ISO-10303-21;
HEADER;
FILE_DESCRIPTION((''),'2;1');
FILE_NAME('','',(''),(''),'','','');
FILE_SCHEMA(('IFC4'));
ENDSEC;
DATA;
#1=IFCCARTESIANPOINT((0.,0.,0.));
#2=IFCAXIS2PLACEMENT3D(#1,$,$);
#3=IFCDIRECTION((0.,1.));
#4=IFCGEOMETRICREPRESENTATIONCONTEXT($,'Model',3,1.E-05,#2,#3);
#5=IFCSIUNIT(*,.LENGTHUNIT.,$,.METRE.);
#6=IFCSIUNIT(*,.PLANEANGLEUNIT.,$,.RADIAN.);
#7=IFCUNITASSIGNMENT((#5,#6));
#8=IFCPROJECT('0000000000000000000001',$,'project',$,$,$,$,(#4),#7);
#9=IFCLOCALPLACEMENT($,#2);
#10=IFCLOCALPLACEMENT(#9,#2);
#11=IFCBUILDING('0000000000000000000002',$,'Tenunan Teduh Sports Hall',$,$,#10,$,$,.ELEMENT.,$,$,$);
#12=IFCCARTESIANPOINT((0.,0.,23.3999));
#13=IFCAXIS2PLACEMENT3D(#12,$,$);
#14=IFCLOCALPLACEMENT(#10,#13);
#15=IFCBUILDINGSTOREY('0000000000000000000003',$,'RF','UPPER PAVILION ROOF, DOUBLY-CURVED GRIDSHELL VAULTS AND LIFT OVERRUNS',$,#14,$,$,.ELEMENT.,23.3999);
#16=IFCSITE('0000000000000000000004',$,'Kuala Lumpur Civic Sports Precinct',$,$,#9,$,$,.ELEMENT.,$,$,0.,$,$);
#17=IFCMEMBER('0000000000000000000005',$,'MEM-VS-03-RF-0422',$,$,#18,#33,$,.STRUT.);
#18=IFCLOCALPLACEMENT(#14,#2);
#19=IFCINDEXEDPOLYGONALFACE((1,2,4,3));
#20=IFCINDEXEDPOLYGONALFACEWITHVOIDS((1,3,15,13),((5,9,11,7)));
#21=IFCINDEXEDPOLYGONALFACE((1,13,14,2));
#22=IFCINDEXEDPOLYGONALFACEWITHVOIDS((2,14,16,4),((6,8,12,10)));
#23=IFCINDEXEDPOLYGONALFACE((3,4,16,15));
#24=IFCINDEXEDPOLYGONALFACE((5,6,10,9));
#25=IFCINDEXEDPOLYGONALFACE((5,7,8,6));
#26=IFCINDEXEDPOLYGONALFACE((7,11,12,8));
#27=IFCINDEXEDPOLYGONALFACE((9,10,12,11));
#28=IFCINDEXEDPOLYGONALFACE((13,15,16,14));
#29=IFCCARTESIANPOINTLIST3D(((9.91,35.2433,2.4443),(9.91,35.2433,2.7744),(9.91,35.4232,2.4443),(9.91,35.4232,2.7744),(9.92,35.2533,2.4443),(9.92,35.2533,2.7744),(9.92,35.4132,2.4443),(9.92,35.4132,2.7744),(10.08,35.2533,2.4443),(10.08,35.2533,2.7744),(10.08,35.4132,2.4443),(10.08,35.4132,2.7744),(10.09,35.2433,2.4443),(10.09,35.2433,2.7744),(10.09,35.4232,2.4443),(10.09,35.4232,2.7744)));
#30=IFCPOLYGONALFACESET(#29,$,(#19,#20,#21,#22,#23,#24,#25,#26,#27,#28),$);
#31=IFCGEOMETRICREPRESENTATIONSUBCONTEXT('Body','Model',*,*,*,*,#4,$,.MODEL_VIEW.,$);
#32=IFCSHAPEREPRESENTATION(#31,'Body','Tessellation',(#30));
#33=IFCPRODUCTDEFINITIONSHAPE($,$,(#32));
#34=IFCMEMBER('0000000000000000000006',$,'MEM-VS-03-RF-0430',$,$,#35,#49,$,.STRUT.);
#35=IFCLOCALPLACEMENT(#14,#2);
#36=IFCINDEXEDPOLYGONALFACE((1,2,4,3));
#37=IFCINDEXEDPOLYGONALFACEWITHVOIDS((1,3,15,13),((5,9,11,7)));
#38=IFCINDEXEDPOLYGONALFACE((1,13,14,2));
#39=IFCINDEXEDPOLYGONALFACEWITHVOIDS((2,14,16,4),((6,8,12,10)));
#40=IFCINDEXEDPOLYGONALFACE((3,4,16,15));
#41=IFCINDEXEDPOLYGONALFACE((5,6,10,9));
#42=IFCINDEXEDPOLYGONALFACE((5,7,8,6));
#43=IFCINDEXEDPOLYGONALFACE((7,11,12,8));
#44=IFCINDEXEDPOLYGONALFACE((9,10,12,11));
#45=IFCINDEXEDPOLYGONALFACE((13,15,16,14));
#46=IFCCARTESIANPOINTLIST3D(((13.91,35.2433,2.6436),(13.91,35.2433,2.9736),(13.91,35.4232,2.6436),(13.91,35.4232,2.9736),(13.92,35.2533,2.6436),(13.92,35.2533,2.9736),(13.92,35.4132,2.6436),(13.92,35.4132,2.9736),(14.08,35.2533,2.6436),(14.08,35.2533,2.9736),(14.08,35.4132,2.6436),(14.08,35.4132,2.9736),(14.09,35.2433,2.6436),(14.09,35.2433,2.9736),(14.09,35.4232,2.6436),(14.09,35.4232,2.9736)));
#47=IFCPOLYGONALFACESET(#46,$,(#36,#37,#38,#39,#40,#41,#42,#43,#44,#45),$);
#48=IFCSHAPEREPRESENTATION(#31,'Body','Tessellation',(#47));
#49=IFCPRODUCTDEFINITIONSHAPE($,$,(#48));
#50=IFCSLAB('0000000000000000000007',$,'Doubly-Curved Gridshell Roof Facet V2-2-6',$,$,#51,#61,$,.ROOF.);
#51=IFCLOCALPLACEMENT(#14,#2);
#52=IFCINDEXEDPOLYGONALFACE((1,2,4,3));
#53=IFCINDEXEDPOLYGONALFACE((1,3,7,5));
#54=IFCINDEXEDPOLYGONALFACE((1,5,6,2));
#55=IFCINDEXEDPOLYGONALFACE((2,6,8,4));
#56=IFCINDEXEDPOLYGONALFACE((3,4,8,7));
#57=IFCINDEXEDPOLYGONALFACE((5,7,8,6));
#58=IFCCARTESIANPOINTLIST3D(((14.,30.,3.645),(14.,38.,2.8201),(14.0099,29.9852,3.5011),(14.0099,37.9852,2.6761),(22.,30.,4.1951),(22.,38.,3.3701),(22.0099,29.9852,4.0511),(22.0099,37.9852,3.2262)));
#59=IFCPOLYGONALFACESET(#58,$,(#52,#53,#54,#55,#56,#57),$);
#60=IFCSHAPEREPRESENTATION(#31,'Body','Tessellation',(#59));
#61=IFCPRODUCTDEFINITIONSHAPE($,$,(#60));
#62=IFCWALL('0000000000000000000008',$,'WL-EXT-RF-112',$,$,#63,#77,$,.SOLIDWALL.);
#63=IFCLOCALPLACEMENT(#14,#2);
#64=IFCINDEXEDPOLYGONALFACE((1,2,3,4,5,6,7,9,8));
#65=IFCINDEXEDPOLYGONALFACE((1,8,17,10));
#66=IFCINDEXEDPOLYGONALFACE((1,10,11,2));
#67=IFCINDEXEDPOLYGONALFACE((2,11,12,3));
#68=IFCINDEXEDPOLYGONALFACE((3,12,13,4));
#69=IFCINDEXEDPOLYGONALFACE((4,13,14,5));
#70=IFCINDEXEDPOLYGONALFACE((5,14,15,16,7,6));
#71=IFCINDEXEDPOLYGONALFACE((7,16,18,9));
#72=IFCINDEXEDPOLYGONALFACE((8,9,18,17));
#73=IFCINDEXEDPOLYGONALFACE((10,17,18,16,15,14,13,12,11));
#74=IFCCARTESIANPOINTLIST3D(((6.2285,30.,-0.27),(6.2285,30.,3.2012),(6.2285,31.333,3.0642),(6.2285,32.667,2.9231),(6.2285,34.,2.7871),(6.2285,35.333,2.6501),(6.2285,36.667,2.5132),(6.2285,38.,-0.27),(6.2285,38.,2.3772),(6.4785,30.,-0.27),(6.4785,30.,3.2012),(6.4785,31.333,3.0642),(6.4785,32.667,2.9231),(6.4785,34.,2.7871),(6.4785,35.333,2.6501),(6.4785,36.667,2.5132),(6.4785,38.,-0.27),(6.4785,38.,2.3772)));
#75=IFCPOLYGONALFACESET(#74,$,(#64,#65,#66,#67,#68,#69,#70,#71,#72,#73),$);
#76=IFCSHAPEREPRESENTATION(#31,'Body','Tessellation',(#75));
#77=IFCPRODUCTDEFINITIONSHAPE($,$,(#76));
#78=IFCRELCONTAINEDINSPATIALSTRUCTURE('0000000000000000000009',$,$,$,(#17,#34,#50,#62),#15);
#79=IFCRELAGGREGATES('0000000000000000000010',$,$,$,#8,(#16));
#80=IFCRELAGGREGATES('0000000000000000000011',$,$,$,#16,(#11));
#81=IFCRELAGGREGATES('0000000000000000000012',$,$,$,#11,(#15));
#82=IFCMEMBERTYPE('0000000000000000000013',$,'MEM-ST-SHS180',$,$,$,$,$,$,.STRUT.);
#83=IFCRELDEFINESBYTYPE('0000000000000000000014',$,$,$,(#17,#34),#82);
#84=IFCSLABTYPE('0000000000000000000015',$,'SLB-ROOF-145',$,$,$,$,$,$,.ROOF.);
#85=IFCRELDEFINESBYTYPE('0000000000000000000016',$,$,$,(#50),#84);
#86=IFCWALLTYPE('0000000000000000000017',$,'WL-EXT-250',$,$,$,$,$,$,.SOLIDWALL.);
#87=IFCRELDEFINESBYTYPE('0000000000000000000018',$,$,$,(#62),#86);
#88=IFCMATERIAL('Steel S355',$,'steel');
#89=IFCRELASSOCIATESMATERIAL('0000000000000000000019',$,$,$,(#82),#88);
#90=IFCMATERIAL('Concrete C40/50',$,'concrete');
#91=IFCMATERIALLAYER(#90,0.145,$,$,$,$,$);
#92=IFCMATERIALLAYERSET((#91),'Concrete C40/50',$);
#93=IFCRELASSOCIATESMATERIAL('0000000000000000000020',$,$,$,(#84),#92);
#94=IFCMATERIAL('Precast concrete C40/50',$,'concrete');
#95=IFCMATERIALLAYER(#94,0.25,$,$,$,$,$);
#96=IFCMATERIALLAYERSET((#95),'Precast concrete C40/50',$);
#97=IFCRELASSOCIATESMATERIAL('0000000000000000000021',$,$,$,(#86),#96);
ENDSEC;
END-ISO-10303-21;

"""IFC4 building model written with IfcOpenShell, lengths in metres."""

from ifc_helpers import new_model, si_unit, direction, frame, origin, origin_2d, place, context, subcontext, project, spatial, polyline, hollow_rectangle, outline, extrude, material, layer, layer_set, material_profile, profile_set, type_object, element, save


model = new_model("IFC4")

# Units and contexts
model_context = context("Model", 3, precision=1e-05, world=origin(), true_north=direction((0.0, 1.0)))
body_context = subcontext(model_context, "Body", "Model", "MODEL_VIEW")
ifc_project = project(units=[si_unit("LENGTHUNIT", "METRE"), si_unit("PLANEANGLEUNIT", "RADIAN")], contexts=[model_context])

# Site, building, storey
site_placement = place(None, origin())
site = spatial("IfcSite", under=ifc_project, at=site_placement, Name="Kuala Lumpur Civic Sports Precinct", CompositionType="ELEMENT", RefElevation=0.0)
building_placement = place(site_placement, origin())
building = spatial("IfcBuilding", under=site, at=building_placement, Name="Tenunan Teduh Sports Hall", CompositionType="ELEMENT")
storey_placement = place(building_placement, frame((0.0, 0.0, 23.3999)))
storey = spatial("IfcBuildingStorey", under=building, at=storey_placement, Name="RF", Description="UPPER PAVILION ROOF, DOUBLY-CURVED GRIDSHELL VAULTS AND LIFT OVERRUNS", CompositionType="ELEMENT", Elevation=23.3999)

# Members
ifc_material_1 = material(Name="Steel S355", Category="steel")
ifc_material_profile_1 = material_profile(ifc_material_1, hollow_rectangle(XDim=0.1799, YDim=0.1799, WallThickness=0.01, at=origin_2d()), Name="SHS 180x180x10.0")
ifc_profile_set_1 = profile_set([ifc_material_profile_1], Name="Steel S355")
member_type_1 = type_object("IfcMemberType", Name="MEM-ST-SHS180", PredefinedType="STRUT", material=ifc_profile_set_1)
for number, where, z_axis, x_axis, name in (
    (1, (10.0, 35.3333, 2.4443), (0.0, 0.0, 1.0), (1.0, 0.0, 0.0), "MEM-VS-03-RF-0422"),
    (2, (14.0, 35.3333, 2.6436), (0.0, 0.0, 1.0), (1.0, 0.0, 0.0), "MEM-VS-03-RF-0430"),
):
    element("IfcMember", number, at=place(storey_placement, frame(where, z_axis=z_axis, x_axis=x_axis)), inside=storey, type_object=member_type_1, Name=name, PredefinedType="STRUT", context=body_context, shape_type="SweptSolid", body=[
        extrude(hollow_rectangle(XDim=0.1799, YDim=0.1799, WallThickness=0.01, at=origin_2d()), origin(), (0.0, 0.0, 1.0), 0.3301),
    ])

# Slab
ifc_material_2 = material(Name="Concrete C40/50", Category="concrete")
ifc_layer_1 = layer(ifc_material_2, 0.145)
ifc_layer_set_1 = layer_set([ifc_layer_1], Name="Concrete C40/50")
slab_type = type_object("IfcSlabType", Name="SLB-ROOF-145", PredefinedType="ROOF", material=ifc_layer_set_1)
slab_placement = place(storey_placement, frame((14.0, 30.0, 3.645), z_axis=(-0.068234, 0.102336, 0.992407), x_axis=(0.997645, 0.0, 0.068594)))
element("IfcSlab", 3, at=slab_placement, inside=storey, type_object=slab_type, Name="Doubly-Curved Gridshell Roof Facet V2-2-6", PredefinedType="ROOF", context=body_context, shape_type="SweptSolid", body=[
    extrude(outline(polyline([(0.0, 0.0), (8.0189, 0.0), (7.9623, 8.0422), (-0.0566, 8.0422), (0.0, 0.0)])), origin(), (0.0, 0.0, -1.0), 0.145),
])

# Wall
ifc_material_3 = material(Name="Precast concrete C40/50", Category="concrete")
ifc_layer_2 = layer(ifc_material_3, 0.25)
ifc_layer_set_2 = layer_set([ifc_layer_2], Name="Precast concrete C40/50")
wall_type = type_object("IfcWallType", Name="WL-EXT-250", PredefinedType="SOLIDWALL", material=ifc_layer_set_2)
wall_placement = place(storey_placement, frame((6.3535, 30.0, -0.27), z_axis=(0.0, 0.0, 1.0), x_axis=(0.0, 1.0, 0.0)))
element("IfcWall", 4, at=wall_placement, inside=storey, type_object=wall_type, Name="WL-EXT-RF-112", PredefinedType="SOLIDWALL", context=body_context, shape_type="SweptSolid", body=[
    extrude(outline(polyline([(0.0, 0.0), (8.0, 0.0), (8.0, 2.6472), (6.667, 2.7832), (5.333, 2.9202), (4.0, 3.0571), (2.667, 3.1931), (1.333, 3.3342), (0.0, 3.4712), (0.0, 0.0)])), frame((0.0, 0.125, 0.0), z_axis=(0.0, -1.0, 0.0), x_axis=(1.0, 0.0, 0.0)), (0.0, 0.0, 1.0), 0.25),
])

save(model, "model.ifc")
